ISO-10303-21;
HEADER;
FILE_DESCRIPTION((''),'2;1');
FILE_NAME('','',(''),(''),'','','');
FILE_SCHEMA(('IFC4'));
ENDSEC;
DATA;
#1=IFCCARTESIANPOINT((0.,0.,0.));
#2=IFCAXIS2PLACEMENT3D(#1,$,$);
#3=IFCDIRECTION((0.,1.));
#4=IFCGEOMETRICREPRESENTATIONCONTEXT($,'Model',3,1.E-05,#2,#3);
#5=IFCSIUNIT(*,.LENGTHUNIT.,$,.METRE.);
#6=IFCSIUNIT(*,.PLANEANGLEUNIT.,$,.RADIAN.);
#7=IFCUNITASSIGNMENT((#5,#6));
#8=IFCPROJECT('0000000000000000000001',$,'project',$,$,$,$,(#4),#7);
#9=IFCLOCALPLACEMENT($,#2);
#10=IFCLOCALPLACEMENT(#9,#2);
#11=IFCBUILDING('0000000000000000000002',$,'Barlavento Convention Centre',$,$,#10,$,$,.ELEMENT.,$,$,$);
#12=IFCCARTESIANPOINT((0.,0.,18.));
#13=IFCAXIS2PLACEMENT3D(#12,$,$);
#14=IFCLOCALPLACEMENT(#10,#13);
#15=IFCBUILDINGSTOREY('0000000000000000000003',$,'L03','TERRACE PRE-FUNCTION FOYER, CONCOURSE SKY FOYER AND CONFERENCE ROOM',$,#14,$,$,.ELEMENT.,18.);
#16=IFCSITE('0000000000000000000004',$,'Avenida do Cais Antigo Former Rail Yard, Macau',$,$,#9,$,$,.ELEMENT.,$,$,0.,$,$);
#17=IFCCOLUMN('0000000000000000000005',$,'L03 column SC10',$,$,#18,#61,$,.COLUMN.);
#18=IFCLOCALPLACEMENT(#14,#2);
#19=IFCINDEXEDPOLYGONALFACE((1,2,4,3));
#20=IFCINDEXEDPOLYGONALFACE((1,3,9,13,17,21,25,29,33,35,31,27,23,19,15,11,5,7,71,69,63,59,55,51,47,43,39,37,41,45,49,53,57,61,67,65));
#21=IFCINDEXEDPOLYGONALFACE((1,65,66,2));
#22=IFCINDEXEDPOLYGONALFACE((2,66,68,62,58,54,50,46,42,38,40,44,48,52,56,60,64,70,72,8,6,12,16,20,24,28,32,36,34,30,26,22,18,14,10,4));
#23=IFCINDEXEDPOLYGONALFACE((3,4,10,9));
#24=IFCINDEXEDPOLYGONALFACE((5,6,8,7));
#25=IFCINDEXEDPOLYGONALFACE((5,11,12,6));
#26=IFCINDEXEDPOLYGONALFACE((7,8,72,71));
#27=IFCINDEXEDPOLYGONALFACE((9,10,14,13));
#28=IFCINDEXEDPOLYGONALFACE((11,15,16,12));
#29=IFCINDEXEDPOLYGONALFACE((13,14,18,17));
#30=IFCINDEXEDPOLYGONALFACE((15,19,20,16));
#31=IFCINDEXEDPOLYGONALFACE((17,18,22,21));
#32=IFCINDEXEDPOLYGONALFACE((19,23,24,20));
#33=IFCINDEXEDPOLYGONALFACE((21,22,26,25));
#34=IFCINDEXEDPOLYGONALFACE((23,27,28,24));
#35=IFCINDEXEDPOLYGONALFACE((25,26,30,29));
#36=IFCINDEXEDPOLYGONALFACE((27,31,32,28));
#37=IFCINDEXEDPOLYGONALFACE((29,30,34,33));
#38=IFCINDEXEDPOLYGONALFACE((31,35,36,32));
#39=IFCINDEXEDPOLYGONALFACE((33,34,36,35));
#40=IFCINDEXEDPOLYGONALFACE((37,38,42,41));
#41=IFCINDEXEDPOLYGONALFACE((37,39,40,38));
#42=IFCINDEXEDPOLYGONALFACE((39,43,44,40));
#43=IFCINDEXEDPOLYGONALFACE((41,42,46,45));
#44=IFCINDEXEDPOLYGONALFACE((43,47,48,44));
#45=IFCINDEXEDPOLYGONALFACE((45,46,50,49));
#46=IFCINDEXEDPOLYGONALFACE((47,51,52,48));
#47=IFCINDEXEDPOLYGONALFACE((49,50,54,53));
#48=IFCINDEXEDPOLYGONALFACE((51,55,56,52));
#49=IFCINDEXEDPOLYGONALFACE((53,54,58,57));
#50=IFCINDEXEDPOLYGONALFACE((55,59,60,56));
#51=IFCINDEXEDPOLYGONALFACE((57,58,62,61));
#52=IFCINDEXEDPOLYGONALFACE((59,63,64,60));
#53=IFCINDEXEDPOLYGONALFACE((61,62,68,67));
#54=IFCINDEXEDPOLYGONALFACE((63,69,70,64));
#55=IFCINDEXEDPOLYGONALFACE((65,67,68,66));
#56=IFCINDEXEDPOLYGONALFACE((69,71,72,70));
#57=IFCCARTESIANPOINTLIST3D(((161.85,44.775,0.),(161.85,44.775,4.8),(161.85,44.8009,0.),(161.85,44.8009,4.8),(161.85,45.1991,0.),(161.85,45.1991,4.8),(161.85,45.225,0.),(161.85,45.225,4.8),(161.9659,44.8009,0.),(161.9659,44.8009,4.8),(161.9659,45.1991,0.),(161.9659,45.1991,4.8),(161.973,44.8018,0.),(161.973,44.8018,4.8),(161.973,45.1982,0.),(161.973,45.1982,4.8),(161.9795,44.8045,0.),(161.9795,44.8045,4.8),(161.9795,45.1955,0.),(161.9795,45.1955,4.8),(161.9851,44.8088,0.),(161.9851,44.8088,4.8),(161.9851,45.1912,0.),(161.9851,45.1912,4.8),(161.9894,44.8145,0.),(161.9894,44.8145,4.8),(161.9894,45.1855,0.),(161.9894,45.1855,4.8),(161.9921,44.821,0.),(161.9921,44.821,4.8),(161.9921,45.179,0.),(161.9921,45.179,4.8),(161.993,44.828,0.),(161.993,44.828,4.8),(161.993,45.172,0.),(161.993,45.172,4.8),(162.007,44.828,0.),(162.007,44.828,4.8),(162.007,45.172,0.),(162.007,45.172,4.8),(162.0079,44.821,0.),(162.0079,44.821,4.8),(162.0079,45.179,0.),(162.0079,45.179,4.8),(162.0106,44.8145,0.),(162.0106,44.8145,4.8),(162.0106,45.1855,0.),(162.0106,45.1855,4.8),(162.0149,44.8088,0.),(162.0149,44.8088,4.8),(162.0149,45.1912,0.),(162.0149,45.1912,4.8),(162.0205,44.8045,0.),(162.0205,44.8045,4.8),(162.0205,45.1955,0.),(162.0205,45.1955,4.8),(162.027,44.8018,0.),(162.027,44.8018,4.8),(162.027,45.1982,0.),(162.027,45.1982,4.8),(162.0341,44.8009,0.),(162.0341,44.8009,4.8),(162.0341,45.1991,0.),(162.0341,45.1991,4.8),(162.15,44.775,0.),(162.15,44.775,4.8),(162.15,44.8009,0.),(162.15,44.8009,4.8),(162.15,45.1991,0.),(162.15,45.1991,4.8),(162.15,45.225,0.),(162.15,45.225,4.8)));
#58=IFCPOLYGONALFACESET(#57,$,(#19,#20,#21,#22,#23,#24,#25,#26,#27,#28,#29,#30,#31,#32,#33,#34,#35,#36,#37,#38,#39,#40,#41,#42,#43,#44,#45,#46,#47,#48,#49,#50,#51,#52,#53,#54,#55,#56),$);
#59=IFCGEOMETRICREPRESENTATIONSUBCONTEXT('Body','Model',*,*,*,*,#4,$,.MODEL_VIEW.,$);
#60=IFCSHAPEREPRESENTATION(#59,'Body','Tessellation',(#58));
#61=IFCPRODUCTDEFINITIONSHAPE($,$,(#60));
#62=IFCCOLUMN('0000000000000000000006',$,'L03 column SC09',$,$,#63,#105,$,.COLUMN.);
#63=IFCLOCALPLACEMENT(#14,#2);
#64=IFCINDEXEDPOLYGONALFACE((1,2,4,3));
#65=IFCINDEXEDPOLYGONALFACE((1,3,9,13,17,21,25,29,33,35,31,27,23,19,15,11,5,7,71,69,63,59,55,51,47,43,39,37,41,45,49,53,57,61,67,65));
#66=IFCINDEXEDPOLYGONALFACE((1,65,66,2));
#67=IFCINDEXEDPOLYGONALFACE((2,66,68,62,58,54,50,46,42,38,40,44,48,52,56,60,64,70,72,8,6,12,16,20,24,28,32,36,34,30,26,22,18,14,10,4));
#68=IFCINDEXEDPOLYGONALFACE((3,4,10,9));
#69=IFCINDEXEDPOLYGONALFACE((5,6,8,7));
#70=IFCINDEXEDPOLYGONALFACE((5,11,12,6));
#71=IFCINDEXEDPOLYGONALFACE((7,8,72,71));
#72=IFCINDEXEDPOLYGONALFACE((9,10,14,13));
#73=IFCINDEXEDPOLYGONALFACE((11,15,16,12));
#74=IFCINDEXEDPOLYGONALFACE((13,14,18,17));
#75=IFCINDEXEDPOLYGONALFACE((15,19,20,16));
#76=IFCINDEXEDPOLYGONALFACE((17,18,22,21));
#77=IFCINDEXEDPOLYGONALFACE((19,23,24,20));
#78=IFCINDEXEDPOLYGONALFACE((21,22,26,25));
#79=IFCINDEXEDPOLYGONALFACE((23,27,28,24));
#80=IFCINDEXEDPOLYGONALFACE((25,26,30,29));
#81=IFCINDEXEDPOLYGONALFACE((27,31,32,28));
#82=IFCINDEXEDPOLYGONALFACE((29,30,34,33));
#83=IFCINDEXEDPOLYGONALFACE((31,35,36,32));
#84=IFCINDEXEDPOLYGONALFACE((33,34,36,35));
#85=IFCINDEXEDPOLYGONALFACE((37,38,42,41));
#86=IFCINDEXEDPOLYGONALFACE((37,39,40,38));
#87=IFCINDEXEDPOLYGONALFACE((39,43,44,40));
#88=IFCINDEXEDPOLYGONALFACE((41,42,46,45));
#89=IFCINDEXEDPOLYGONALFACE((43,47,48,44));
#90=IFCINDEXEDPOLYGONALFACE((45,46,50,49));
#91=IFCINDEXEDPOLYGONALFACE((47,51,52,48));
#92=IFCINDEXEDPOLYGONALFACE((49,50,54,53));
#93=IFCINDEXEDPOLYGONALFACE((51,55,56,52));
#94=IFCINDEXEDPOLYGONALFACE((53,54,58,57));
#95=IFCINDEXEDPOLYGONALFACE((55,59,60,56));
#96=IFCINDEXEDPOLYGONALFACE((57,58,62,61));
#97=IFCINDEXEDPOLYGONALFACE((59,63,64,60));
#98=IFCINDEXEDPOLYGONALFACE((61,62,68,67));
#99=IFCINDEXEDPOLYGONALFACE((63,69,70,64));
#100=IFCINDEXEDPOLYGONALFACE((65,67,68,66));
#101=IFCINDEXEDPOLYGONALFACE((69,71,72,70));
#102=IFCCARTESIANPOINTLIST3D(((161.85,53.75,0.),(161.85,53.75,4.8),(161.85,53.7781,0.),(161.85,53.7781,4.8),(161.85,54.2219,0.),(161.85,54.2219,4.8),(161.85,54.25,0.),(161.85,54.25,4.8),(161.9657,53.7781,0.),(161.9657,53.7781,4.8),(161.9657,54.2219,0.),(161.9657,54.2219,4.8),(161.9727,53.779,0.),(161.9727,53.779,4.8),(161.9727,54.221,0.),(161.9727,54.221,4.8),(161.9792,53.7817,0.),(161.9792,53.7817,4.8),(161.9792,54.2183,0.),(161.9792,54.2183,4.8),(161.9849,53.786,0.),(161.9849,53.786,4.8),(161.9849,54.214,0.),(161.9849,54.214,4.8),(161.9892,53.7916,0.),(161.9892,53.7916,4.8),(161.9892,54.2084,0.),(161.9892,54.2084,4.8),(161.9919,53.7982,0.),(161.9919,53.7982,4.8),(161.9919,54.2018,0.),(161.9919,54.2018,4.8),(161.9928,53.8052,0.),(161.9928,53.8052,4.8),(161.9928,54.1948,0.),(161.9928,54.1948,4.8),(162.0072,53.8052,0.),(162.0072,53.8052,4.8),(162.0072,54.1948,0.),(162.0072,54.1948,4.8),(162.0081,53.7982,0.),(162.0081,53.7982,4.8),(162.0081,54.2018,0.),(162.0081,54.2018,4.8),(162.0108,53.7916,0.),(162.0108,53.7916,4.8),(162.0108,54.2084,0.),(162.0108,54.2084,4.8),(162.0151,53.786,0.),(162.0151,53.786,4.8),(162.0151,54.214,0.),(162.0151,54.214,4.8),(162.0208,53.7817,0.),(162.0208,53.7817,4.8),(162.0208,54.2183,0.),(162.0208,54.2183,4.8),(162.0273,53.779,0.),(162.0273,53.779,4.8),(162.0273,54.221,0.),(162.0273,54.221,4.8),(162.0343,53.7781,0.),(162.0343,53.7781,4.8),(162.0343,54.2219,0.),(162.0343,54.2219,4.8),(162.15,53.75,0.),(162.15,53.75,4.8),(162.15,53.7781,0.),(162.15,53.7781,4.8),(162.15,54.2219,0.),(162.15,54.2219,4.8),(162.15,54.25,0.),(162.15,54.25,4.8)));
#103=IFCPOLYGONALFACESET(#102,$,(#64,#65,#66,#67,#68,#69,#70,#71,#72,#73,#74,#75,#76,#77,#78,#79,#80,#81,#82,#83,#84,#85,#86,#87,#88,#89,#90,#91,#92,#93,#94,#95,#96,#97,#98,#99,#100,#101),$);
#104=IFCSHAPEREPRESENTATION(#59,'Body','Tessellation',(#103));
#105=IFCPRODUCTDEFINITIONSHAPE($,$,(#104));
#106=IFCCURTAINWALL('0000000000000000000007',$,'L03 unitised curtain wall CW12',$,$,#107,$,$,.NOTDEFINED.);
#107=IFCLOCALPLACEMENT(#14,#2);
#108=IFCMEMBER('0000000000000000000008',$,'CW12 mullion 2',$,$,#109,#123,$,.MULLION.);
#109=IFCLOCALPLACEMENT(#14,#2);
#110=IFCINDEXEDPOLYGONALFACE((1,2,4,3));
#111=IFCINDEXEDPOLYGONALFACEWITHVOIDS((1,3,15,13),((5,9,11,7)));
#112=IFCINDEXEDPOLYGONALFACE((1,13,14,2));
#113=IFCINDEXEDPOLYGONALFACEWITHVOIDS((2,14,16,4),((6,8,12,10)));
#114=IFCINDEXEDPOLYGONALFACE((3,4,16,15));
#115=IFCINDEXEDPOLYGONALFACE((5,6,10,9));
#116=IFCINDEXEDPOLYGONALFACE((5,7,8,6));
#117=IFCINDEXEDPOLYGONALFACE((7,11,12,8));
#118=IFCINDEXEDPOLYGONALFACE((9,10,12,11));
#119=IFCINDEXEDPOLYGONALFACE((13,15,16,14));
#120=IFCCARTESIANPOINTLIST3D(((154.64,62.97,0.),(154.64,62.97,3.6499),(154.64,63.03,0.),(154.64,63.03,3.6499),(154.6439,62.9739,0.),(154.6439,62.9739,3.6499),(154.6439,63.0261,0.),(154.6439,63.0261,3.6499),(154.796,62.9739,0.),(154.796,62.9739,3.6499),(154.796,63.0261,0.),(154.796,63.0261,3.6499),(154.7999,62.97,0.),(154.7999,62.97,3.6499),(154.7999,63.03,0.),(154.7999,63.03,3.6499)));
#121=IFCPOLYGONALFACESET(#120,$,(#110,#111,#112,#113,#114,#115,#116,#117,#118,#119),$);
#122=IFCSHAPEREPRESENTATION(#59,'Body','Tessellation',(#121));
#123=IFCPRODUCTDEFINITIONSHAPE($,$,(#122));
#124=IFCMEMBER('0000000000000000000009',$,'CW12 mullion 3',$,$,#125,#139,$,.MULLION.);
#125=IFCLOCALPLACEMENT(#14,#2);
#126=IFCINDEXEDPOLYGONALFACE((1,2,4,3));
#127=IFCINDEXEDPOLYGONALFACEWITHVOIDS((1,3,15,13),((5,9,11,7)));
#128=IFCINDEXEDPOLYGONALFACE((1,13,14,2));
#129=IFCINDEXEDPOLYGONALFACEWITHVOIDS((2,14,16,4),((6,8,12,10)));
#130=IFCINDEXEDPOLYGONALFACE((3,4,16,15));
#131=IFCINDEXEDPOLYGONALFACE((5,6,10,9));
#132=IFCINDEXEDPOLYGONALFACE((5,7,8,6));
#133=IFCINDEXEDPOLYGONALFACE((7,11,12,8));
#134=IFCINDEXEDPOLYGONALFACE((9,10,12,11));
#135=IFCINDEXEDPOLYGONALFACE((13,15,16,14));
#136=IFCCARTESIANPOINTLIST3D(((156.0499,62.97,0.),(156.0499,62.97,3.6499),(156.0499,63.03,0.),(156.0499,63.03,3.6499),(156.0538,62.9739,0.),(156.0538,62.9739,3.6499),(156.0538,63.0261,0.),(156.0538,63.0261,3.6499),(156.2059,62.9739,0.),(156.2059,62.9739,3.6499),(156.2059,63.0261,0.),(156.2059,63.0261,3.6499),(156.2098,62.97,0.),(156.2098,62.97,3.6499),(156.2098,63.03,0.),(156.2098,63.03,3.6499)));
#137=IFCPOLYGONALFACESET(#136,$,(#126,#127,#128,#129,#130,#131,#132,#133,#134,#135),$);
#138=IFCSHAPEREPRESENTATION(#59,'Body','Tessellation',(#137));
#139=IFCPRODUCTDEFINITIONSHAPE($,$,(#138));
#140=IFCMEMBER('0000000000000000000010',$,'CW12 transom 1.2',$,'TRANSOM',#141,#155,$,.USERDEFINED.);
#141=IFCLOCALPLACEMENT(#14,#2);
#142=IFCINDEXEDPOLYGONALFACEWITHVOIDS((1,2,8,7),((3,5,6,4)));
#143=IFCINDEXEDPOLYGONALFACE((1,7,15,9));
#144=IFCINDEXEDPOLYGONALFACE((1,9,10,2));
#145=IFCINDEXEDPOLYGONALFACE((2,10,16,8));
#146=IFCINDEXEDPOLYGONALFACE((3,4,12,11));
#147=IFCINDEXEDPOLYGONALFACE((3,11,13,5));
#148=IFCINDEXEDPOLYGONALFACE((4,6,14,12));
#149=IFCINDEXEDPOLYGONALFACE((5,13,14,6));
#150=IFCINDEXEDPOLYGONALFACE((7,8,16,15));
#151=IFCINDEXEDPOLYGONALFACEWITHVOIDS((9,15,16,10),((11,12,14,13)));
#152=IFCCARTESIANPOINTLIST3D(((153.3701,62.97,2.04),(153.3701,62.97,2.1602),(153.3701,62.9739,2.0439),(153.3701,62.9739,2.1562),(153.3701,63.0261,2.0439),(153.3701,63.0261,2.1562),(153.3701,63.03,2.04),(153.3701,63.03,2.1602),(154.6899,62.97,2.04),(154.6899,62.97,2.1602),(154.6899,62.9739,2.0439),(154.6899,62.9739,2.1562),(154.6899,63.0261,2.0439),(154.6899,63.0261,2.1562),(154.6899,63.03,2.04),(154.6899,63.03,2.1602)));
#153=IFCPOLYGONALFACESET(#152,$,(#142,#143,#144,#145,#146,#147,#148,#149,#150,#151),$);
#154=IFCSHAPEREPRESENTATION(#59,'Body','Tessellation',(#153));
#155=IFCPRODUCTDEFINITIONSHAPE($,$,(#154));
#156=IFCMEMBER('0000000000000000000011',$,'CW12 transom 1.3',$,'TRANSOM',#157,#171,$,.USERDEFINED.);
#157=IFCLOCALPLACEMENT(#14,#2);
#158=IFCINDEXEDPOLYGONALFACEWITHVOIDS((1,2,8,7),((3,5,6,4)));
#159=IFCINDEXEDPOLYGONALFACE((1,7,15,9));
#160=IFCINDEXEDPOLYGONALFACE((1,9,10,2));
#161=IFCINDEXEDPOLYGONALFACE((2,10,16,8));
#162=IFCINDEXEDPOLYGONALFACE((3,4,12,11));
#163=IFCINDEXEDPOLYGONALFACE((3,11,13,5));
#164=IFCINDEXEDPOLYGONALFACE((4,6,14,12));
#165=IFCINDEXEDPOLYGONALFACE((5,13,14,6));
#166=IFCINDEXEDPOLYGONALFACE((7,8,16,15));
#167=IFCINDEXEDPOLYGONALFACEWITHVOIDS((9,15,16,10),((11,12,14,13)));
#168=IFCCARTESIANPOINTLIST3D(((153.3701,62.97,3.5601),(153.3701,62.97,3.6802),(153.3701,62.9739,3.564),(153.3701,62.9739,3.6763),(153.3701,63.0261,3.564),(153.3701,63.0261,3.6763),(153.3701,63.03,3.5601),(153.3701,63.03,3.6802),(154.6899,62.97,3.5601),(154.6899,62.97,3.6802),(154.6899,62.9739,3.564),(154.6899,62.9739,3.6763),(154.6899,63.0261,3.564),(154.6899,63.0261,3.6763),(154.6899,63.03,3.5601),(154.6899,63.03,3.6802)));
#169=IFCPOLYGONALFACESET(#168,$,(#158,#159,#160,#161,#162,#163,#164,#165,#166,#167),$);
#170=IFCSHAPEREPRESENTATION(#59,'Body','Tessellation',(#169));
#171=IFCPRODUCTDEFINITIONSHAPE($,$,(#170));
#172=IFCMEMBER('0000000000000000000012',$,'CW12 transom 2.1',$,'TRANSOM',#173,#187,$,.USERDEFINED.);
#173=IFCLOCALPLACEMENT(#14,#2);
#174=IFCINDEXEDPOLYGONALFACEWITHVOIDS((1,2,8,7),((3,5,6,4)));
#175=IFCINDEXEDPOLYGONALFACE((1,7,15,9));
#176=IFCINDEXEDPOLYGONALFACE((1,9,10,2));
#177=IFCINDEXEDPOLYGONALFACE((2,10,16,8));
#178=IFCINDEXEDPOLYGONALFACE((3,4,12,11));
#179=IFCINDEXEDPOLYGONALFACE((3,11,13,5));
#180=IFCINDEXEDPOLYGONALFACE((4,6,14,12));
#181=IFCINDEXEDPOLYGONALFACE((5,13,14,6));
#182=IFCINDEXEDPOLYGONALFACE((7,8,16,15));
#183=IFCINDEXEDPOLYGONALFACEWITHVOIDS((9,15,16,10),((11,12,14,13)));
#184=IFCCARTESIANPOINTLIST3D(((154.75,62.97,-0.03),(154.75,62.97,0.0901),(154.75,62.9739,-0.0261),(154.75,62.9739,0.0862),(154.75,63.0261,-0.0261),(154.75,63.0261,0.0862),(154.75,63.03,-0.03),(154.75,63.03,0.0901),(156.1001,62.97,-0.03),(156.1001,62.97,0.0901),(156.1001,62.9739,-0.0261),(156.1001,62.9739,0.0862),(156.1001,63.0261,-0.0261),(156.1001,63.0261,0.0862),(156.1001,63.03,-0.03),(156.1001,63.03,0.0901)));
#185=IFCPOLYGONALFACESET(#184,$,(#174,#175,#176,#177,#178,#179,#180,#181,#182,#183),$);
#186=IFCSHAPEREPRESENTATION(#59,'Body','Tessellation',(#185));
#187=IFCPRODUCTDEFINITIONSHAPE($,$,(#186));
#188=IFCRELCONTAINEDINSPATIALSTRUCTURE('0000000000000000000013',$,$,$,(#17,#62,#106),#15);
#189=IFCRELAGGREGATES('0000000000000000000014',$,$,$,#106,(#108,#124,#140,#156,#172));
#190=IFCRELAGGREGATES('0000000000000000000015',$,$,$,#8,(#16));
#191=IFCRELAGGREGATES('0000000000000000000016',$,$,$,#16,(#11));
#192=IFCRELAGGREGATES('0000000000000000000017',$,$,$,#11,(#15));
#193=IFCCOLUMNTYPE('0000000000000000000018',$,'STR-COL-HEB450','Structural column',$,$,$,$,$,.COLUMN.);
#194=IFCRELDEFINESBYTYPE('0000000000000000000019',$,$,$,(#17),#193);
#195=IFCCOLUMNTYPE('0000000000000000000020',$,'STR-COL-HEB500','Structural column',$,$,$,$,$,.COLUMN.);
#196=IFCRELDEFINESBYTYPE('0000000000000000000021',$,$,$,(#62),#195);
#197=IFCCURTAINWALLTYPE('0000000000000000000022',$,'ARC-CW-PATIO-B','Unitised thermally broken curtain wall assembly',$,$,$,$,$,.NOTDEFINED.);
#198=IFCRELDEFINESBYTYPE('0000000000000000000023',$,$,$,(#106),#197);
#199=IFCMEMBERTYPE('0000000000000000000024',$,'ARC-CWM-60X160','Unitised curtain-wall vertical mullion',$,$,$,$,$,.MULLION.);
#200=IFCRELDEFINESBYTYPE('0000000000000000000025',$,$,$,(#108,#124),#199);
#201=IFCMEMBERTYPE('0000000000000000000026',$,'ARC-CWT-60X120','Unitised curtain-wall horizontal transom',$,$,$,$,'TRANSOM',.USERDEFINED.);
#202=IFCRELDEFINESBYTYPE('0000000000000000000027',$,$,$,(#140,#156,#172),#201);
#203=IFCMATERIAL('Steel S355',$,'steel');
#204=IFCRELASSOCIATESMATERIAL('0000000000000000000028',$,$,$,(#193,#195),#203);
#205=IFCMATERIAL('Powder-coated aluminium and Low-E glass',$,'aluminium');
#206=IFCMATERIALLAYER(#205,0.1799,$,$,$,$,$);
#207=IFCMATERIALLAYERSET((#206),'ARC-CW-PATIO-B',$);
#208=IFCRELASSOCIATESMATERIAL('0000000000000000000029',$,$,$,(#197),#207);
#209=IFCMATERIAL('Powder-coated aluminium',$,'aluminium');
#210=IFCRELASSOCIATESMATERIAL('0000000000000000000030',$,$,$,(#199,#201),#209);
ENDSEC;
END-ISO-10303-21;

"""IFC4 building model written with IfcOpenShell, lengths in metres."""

from ifc_helpers import new_model, si_unit, direction, frame, origin, origin_2d, place, context, subcontext, project, spatial, hollow_rectangle, i_section, extrude, material, layer, layer_set, material_profile, profile_set, type_object, element, aggregate, save


model = new_model("IFC4")

# Units and contexts
model_context = context("Model", 3, precision=1e-05, world=origin(), true_north=direction((0.0, 1.0)))
body_context = subcontext(model_context, "Body", "Model", "MODEL_VIEW")
ifc_project = project(units=[si_unit("LENGTHUNIT", "METRE"), si_unit("PLANEANGLEUNIT", "RADIAN")], contexts=[model_context])

# Site, building, storey
site_placement = place(None, origin())
site = spatial("IfcSite", under=ifc_project, at=site_placement, Name="Avenida do Cais Antigo Former Rail Yard, Macau", CompositionType="ELEMENT", RefElevation=0.0)
building_placement = place(site_placement, origin())
building = spatial("IfcBuilding", under=site, at=building_placement, Name="Barlavento Convention Centre", CompositionType="ELEMENT")
storey_placement = place(building_placement, frame((0.0, 0.0, 18.0)))
storey = spatial("IfcBuildingStorey", under=building, at=storey_placement, Name="L03", Description="TERRACE PRE-FUNCTION FOYER, CONCOURSE SKY FOYER AND CONFERENCE ROOM", CompositionType="ELEMENT", Elevation=18.0)

# Columns
ifc_material_1 = material(Name="Steel S355", Category="steel")
ifc_material_profile_1 = material_profile(ifc_material_1, i_section(OverallWidth=0.3, OverallDepth=0.45, WebThickness=0.0139, FlangeThickness=0.0259, FilletRadius=0.0271, at=origin_2d()), Name="HEB 450")
ifc_profile_set_1 = profile_set([ifc_material_profile_1], Name="Steel S355")
column_type_1 = type_object("IfcColumnType", Name="STR-COL-HEB450", Description="Structural column", PredefinedType="COLUMN", material=ifc_profile_set_1)
column_1_placement = place(storey_placement, frame((162.0, 45.0, 0.0), z_axis=(0.0, 0.0, 1.0), x_axis=(1.0, 0.0, 0.0)))
element("IfcColumn", 1, at=column_1_placement, inside=storey, type_object=column_type_1, Name="L03 column SC10", PredefinedType="COLUMN", context=body_context, shape_type="SweptSolid", body=[
    extrude(i_section(OverallWidth=0.3, OverallDepth=0.45, WebThickness=0.0139, FlangeThickness=0.0259, FilletRadius=0.0271, at=origin_2d()), origin(), (0.0, 0.0, 1.0), 4.8),
])
ifc_material_profile_2 = material_profile(ifc_material_1, i_section(OverallWidth=0.3, OverallDepth=0.5, WebThickness=0.0144, FlangeThickness=0.0281, FilletRadius=0.0271, at=origin_2d()), Name="HEB 500")
ifc_profile_set_2 = profile_set([ifc_material_profile_2], Name="Steel S355")
column_type_2 = type_object("IfcColumnType", Name="STR-COL-HEB500", Description="Structural column", PredefinedType="COLUMN", material=ifc_profile_set_2)
column_2_placement = place(storey_placement, frame((162.0, 54.0, 0.0), z_axis=(0.0, 0.0, 1.0), x_axis=(1.0, 0.0, 0.0)))
element("IfcColumn", 2, at=column_2_placement, inside=storey, type_object=column_type_2, Name="L03 column SC09", PredefinedType="COLUMN", context=body_context, shape_type="SweptSolid", body=[
    extrude(i_section(OverallWidth=0.3, OverallDepth=0.5, WebThickness=0.0144, FlangeThickness=0.0281, FilletRadius=0.0271, at=origin_2d()), origin(), (0.0, 0.0, 1.0), 4.8),
])

# Curtain wall, members
ifc_material_2 = material(Name="Powder-coated aluminium and Low-E glass", Category="aluminium")
ifc_layer_1 = layer(ifc_material_2, 0.1799)
ifc_layer_set_1 = layer_set([ifc_layer_1], Name="ARC-CW-PATIO-B")
curtain_wall_type = type_object("IfcCurtainWallType", Name="ARC-CW-PATIO-B", Description="Unitised thermally broken curtain wall assembly", PredefinedType="NOTDEFINED", material=ifc_layer_set_1)
curtain_wall_placement = place(storey_placement, origin())
curtain_wall = element("IfcCurtainWall", 3, at=curtain_wall_placement, inside=storey, type_object=curtain_wall_type, Name="L03 unitised curtain wall CW12", PredefinedType="NOTDEFINED")
ifc_material_3 = material(Name="Powder-coated aluminium", Category="aluminium")
ifc_material_profile_3 = material_profile(ifc_material_3, hollow_rectangle(XDim=0.0601, YDim=0.1599, WallThickness=0.0039, at=origin_2d()), Name="AL-MULL 60x160x4")
ifc_profile_set_3 = profile_set([ifc_material_profile_3], Name="Powder-coated aluminium")
member_type_1 = type_object("IfcMemberType", Name="ARC-CWM-60X160", Description="Unitised curtain-wall vertical mullion", PredefinedType="MULLION", material=ifc_profile_set_3)
member_1_placement = place(storey_placement, frame((154.72, 63.0, 0.0), z_axis=(0.0, 0.0, 1.0), x_axis=(0.0, 1.0, 0.0)))
member_1 = element("IfcMember", 4, at=member_1_placement, type_object=member_type_1, Name="CW12 mullion 2", PredefinedType="MULLION", context=body_context, shape_type="SweptSolid", body=[
    extrude(hollow_rectangle(XDim=0.0601, YDim=0.1599, WallThickness=0.0039, at=origin_2d()), origin(), (0.0, 0.0, 1.0), 3.6499),
])
member_2_placement = place(storey_placement, frame((156.1299, 63.0, 0.0), z_axis=(0.0, 0.0, 1.0), x_axis=(0.0, 1.0, 0.0)))
member_2 = element("IfcMember", 5, at=member_2_placement, type_object=member_type_1, Name="CW12 mullion 3", PredefinedType="MULLION", context=body_context, shape_type="SweptSolid", body=[
    extrude(hollow_rectangle(XDim=0.0601, YDim=0.1599, WallThickness=0.0039, at=origin_2d()), origin(), (0.0, 0.0, 1.0), 3.6499),
])
ifc_material_profile_4 = material_profile(ifc_material_3, hollow_rectangle(XDim=0.0601, YDim=0.1201, WallThickness=0.0039, at=origin_2d()), Name="AL-TRAN 60x120x4")
ifc_profile_set_4 = profile_set([ifc_material_profile_4], Name="Powder-coated aluminium")
member_type_2 = type_object("IfcMemberType", Name="ARC-CWT-60X120", Description="Unitised curtain-wall horizontal transom", ElementType="TRANSOM", PredefinedType="USERDEFINED", material=ifc_profile_set_4)
member_3_placement = place(storey_placement, frame((153.3701, 63.0, 2.1001), z_axis=(1.0, 0.0, 0.0), x_axis=(0.0, 1.0, 0.0)))
member_3 = element("IfcMember", 6, at=member_3_placement, type_object=member_type_2, Name="CW12 transom 1.2", ObjectType="TRANSOM", PredefinedType="USERDEFINED", context=body_context, shape_type="SweptSolid", body=[
    extrude(hollow_rectangle(XDim=0.0601, YDim=0.1201, WallThickness=0.0039, at=origin_2d()), origin(), (0.0, 0.0, 1.0), 1.3198),
])
member_4_placement = place(storey_placement, frame((153.3701, 63.0, 3.6201), z_axis=(1.0, 0.0, 0.0), x_axis=(0.0, 1.0, 0.0)))
member_4 = element("IfcMember", 7, at=member_4_placement, type_object=member_type_2, Name="CW12 transom 1.3", ObjectType="TRANSOM", PredefinedType="USERDEFINED", context=body_context, shape_type="SweptSolid", body=[
    extrude(hollow_rectangle(XDim=0.0601, YDim=0.1201, WallThickness=0.0039, at=origin_2d()), origin(), (0.0, 0.0, 1.0), 1.3198),
])
member_5_placement = place(storey_placement, frame((154.75, 63.0, 0.03), z_axis=(1.0, 0.0, 0.0), x_axis=(0.0, 1.0, 0.0)))
member_5 = element("IfcMember", 8, at=member_5_placement, type_object=member_type_2, Name="CW12 transom 2.1", ObjectType="TRANSOM", PredefinedType="USERDEFINED", context=body_context, shape_type="SweptSolid", body=[
    extrude(hollow_rectangle(XDim=0.0601, YDim=0.1201, WallThickness=0.0039, at=origin_2d()), origin(), (0.0, 0.0, 1.0), 1.3501),
])

aggregate(curtain_wall, [member_1, member_2, member_3, member_4, member_5])

save(model, "model.ifc")
